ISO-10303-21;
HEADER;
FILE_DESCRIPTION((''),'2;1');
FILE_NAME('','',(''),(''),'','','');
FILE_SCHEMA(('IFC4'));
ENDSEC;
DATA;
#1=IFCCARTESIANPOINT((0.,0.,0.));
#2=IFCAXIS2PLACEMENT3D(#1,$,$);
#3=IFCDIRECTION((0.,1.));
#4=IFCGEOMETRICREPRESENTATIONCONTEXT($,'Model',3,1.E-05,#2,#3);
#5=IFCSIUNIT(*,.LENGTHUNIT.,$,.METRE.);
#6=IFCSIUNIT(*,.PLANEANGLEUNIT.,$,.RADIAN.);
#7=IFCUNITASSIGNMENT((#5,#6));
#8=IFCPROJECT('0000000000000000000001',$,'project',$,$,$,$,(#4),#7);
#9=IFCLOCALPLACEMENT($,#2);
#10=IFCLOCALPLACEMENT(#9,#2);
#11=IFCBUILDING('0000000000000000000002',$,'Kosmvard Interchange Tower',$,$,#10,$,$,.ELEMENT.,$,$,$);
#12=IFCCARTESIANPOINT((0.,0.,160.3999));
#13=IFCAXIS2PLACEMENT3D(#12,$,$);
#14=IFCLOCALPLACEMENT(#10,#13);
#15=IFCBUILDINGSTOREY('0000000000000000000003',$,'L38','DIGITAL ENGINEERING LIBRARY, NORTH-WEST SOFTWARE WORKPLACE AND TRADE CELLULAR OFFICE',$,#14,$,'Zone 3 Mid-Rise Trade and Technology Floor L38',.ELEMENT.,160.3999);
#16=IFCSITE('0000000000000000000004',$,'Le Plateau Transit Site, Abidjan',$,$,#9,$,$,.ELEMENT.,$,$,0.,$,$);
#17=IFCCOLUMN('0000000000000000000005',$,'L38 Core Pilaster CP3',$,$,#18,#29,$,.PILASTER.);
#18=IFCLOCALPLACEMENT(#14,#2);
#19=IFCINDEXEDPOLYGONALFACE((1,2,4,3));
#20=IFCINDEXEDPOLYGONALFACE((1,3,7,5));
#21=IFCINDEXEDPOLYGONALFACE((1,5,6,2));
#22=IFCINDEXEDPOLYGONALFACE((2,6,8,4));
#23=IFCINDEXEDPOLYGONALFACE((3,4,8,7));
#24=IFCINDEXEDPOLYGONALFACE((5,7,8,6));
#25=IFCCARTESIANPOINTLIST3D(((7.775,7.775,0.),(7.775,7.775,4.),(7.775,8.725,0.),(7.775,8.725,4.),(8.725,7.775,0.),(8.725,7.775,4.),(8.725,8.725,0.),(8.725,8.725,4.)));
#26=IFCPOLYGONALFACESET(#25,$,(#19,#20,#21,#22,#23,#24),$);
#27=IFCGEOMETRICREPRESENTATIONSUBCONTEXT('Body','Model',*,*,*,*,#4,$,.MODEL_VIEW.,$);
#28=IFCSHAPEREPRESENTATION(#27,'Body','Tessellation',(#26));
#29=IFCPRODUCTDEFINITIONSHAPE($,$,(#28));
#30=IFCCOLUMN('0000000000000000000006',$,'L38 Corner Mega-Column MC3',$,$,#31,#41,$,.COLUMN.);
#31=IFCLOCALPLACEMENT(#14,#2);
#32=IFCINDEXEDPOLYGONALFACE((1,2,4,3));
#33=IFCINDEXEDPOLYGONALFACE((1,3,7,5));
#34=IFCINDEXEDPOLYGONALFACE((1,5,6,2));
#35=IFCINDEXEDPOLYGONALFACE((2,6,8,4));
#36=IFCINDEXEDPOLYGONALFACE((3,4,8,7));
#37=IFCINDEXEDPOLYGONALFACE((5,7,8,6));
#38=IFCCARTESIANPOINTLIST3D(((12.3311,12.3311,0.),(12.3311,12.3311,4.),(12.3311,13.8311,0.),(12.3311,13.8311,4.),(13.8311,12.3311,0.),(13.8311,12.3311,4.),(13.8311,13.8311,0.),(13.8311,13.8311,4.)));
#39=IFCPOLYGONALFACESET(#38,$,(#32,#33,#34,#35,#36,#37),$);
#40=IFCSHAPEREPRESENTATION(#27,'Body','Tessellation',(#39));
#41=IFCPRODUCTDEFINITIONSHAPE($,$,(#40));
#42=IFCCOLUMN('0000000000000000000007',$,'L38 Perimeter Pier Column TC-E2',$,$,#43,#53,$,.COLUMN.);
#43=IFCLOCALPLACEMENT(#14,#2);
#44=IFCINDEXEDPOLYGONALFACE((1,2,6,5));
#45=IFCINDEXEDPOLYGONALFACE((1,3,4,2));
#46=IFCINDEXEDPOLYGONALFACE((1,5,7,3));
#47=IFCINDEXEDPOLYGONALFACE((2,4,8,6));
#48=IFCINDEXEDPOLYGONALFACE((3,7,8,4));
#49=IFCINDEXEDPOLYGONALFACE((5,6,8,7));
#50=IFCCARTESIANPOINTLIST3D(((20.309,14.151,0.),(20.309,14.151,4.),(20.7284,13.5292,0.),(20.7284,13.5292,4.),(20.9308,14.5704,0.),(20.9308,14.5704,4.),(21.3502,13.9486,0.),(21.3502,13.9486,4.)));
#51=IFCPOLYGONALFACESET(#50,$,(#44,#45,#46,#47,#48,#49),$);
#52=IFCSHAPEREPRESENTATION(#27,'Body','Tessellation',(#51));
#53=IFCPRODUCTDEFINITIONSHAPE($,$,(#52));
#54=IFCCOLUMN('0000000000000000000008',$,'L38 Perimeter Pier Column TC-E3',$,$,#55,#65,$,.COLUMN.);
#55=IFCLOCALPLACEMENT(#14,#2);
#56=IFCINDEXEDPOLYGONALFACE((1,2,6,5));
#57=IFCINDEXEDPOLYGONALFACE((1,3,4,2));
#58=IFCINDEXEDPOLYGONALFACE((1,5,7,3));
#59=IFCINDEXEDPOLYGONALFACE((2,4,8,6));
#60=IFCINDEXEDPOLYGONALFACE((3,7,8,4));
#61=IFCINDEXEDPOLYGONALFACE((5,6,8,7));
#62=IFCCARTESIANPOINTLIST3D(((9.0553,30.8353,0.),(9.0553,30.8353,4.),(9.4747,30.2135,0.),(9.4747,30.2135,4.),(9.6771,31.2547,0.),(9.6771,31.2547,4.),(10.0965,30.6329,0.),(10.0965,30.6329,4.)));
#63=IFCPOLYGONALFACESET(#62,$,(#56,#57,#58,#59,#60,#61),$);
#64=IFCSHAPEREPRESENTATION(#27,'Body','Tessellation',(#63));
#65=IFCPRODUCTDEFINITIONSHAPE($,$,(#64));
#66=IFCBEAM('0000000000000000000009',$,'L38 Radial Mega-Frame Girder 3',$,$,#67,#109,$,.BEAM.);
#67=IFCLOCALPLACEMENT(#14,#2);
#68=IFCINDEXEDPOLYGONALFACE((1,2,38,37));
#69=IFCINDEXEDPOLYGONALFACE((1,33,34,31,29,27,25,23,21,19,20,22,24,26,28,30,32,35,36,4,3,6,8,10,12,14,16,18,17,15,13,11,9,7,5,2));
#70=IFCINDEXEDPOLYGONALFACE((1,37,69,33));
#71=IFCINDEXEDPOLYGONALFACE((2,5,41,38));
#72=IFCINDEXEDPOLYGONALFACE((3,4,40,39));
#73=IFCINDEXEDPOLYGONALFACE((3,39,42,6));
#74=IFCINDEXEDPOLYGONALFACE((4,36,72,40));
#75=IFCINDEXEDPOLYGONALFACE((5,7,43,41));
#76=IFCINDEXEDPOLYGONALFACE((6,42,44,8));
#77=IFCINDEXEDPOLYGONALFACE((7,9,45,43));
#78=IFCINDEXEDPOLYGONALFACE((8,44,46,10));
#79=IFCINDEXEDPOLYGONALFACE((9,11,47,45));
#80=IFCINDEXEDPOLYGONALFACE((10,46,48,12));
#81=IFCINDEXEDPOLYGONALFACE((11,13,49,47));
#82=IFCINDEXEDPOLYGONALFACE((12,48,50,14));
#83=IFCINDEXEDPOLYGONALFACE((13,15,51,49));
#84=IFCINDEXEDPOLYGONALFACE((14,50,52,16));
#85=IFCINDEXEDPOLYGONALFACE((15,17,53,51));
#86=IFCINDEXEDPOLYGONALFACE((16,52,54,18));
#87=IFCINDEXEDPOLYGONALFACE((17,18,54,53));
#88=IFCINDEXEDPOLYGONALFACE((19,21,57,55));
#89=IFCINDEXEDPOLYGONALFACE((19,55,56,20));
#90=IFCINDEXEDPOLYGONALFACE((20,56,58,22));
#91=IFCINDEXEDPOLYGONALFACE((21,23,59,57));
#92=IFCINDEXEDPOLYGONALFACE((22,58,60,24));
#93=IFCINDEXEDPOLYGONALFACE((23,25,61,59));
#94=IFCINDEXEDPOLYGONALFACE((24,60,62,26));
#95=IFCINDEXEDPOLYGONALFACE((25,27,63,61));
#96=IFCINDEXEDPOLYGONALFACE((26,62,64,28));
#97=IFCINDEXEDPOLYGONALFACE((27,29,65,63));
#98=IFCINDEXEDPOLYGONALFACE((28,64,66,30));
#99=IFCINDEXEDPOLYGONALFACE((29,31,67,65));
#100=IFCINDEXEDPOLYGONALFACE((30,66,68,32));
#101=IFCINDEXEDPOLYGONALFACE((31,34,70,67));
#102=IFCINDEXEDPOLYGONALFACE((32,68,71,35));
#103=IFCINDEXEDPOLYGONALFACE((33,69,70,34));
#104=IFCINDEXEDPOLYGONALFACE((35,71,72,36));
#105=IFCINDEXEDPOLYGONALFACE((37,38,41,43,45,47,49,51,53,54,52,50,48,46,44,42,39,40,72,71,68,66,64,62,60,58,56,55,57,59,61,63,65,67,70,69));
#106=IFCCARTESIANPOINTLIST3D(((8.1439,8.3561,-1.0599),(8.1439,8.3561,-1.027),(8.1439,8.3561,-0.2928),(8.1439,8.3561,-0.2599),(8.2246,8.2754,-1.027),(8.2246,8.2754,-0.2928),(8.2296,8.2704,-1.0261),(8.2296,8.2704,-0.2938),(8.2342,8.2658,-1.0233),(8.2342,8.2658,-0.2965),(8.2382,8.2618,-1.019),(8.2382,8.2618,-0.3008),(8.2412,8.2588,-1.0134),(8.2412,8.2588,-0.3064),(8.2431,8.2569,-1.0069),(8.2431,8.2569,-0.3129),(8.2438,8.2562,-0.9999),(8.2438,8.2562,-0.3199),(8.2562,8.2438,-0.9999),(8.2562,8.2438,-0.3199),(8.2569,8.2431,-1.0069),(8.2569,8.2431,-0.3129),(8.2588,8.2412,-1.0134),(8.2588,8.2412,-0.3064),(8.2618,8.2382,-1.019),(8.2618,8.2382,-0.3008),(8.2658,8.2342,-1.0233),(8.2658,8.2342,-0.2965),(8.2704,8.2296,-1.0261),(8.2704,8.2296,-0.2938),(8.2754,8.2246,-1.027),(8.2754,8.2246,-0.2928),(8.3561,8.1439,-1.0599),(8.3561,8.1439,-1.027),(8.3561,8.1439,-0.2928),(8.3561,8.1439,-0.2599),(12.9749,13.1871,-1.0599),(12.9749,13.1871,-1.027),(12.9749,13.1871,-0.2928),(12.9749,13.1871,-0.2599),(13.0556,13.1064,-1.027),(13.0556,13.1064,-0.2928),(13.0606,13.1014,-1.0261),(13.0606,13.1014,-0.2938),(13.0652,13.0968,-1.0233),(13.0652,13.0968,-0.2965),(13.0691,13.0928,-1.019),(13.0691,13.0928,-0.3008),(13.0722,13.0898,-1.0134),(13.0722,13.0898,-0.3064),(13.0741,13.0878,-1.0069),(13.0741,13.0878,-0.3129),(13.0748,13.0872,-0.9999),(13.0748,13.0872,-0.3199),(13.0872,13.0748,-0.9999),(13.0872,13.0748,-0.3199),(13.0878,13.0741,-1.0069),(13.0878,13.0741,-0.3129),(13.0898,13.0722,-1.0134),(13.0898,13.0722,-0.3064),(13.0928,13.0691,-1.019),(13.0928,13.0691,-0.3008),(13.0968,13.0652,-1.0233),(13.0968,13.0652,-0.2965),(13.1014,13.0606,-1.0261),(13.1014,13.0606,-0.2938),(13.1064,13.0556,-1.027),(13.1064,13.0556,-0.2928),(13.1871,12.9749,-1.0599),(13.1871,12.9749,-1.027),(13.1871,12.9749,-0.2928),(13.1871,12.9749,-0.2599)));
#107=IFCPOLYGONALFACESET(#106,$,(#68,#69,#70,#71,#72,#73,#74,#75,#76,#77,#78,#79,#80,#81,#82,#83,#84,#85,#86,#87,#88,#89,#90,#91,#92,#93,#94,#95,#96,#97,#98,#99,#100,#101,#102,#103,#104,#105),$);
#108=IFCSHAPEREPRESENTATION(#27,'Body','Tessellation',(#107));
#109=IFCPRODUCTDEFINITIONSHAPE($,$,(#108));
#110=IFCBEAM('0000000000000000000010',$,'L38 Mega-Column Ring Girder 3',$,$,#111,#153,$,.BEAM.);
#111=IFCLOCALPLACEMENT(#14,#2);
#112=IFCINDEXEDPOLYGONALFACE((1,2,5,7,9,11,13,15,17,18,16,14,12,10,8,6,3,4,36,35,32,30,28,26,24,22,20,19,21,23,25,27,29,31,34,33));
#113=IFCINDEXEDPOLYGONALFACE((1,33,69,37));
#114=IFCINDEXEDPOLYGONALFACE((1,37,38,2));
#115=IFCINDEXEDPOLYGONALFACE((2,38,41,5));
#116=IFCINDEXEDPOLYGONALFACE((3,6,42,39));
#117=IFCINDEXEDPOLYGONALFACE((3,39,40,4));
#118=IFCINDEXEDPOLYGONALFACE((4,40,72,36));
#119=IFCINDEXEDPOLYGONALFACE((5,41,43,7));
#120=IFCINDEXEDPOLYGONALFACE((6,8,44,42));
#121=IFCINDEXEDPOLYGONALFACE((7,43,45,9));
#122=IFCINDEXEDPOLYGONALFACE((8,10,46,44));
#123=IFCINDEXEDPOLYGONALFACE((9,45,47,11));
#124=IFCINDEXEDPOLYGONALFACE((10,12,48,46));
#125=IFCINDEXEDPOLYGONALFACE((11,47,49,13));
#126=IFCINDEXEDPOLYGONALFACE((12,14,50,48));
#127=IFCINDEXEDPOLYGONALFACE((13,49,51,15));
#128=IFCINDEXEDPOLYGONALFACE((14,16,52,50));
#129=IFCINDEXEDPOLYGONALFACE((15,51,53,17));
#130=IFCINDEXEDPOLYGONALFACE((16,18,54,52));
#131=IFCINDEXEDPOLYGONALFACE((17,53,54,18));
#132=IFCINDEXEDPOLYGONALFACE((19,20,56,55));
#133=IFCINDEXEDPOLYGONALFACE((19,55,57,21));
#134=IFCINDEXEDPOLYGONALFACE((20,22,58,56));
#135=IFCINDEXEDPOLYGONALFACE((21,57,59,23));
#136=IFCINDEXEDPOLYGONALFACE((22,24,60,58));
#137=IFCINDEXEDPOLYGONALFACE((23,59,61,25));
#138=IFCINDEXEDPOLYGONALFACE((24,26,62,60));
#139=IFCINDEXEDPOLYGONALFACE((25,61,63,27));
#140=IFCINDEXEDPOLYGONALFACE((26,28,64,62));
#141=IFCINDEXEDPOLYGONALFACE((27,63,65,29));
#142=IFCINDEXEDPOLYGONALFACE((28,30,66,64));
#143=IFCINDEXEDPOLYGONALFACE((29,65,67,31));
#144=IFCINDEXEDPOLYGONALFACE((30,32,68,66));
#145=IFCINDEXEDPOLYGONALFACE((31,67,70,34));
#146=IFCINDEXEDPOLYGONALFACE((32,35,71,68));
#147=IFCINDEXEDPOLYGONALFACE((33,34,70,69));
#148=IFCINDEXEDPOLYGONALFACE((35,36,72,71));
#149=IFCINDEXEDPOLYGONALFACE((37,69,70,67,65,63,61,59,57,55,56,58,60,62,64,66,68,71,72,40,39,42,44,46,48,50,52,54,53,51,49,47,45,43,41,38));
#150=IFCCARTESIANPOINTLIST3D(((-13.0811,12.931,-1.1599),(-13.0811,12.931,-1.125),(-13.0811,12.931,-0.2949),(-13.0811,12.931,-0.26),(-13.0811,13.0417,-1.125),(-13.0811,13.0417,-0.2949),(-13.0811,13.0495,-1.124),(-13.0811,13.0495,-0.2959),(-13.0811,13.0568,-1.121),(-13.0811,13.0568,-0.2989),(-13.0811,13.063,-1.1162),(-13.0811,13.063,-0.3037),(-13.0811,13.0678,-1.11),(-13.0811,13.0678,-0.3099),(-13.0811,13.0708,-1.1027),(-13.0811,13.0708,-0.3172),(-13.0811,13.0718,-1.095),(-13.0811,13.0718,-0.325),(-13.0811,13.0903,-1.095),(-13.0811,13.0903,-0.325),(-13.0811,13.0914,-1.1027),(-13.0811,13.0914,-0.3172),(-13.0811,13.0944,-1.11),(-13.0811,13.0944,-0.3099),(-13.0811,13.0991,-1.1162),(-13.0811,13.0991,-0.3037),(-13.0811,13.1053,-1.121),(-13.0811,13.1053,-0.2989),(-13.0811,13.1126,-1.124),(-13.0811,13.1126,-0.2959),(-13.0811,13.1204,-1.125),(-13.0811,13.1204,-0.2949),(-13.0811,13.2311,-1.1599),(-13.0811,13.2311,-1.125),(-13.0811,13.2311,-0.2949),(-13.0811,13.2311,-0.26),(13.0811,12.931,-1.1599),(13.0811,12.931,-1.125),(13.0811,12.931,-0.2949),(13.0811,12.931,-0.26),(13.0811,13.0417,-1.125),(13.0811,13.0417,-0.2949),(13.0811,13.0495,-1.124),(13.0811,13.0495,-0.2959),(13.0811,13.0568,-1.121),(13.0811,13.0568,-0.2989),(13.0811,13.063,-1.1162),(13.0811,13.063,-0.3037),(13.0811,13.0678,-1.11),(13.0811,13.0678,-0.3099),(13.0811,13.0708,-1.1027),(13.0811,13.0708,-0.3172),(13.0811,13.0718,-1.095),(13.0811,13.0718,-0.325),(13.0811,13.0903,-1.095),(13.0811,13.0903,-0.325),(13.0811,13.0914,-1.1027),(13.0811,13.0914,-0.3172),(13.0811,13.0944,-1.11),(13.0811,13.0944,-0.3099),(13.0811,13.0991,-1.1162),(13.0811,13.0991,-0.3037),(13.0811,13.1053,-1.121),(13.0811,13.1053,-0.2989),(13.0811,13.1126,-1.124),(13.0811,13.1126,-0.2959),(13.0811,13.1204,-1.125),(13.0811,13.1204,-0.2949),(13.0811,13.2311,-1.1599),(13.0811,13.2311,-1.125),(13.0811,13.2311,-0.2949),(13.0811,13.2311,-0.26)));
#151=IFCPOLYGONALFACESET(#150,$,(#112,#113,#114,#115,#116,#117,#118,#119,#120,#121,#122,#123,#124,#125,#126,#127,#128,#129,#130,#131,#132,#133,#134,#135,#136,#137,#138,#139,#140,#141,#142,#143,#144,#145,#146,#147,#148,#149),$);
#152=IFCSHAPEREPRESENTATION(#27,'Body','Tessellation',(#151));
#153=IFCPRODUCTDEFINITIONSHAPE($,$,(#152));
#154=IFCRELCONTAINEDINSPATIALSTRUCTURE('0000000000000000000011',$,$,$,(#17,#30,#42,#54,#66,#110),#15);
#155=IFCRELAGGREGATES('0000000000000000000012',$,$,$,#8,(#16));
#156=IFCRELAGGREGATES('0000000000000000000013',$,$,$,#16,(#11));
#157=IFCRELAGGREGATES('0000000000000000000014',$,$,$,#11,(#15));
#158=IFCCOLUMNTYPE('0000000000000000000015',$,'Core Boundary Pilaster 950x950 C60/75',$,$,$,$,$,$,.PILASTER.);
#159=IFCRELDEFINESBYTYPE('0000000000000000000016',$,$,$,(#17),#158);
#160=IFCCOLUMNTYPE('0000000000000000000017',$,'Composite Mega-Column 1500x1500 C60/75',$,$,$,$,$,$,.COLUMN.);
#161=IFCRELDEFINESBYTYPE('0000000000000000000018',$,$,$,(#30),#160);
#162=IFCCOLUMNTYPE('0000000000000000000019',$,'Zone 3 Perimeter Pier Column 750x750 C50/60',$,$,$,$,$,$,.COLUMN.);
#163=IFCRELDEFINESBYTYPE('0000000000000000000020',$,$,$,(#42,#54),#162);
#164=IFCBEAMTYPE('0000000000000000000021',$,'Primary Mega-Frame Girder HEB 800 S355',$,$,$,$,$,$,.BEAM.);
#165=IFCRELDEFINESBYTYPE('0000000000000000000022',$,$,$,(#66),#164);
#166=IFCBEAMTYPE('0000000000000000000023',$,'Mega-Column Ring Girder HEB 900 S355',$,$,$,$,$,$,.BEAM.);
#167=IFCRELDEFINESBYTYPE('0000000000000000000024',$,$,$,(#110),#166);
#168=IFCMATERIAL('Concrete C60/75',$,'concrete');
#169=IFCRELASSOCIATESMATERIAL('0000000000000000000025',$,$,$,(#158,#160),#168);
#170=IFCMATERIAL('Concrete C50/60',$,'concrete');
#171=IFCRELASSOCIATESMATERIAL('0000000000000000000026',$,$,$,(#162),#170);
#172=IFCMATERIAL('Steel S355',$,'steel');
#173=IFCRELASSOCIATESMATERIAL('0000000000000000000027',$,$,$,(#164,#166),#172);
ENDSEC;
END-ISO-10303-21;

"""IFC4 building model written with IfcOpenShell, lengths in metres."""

from ifc_helpers import new_model, si_unit, direction, frame, origin, origin_2d, place, context, subcontext, project, spatial, rectangle, i_section, extrude, source, transform, mapped, material, material_profile, profile_set, type_object, element, save


model = new_model("IFC4")

# Units and contexts
model_context = context("Model", 3, precision=1e-05, world=origin(), true_north=direction((0.0, 1.0)))
body_context = subcontext(model_context, "Body", "Model", "MODEL_VIEW")
ifc_project = project(units=[si_unit("LENGTHUNIT", "METRE"), si_unit("PLANEANGLEUNIT", "RADIAN")], contexts=[model_context])

# Site, building, storey
site_placement = place(None, origin())
site = spatial("IfcSite", under=ifc_project, at=site_placement, Name="Le Plateau Transit Site, Abidjan", CompositionType="ELEMENT", RefElevation=0.0)
building_placement = place(site_placement, origin())
building = spatial("IfcBuilding", under=site, at=building_placement, Name="Kosmvard Interchange Tower", CompositionType="ELEMENT")
storey_placement = place(building_placement, frame((0.0, 0.0, 160.3999)))
storey = spatial("IfcBuildingStorey", under=building, at=storey_placement, Name="L38", Description="DIGITAL ENGINEERING LIBRARY, NORTH-WEST SOFTWARE WORKPLACE AND TRADE CELLULAR OFFICE", LongName="Zone 3 Mid-Rise Trade and Technology Floor L38", CompositionType="ELEMENT", Elevation=160.3999)

# Columns
ifc_material_1 = material(Name="Concrete C60/75", Category="concrete")
ifc_material_profile_1 = material_profile(ifc_material_1, rectangle(XDim=0.95, YDim=0.95, at=origin_2d()), Name="CP 950x950")
ifc_profile_set_1 = profile_set([ifc_material_profile_1], Name="Concrete C60/75")
column_type_1 = type_object("IfcColumnType", Name="Core Boundary Pilaster 950x950 C60/75", PredefinedType="PILASTER", material=ifc_profile_set_1)
shared_shape_1 = source(origin(), body_context, "Body", "SweptSolid", [
    extrude(rectangle(XDim=0.95, YDim=0.95, at=origin_2d()), origin(), (0.0, 0.0, 1.0), 4.0),
])
column_1_placement = place(storey_placement, frame((8.25, 8.25, 0.0), z_axis=(0.0, 0.0, 1.0), x_axis=(1.0, 0.0, 0.0)))
element("IfcColumn", 1, at=column_1_placement, inside=storey, type_object=column_type_1, Name="L38 Core Pilaster CP3", PredefinedType="PILASTER", context=body_context, shape_type="MappedRepresentation", body=[
    mapped(shared_shape_1, transform((0.0, 0.0, 0.0), scale=1.0)),
])
ifc_material_profile_2 = material_profile(ifc_material_1, rectangle(XDim=1.5, YDim=1.5, at=origin_2d()), Name="MC 1500x1500")
ifc_profile_set_2 = profile_set([ifc_material_profile_2], Name="Concrete C60/75")
column_type_2 = type_object("IfcColumnType", Name="Composite Mega-Column 1500x1500 C60/75", PredefinedType="COLUMN", material=ifc_profile_set_2)
shared_shape_2 = source(origin(), body_context, "Body", "SweptSolid", [
    extrude(rectangle(XDim=1.5, YDim=1.5, at=origin_2d()), origin(), (0.0, 0.0, 1.0), 4.0),
])
column_2_placement = place(storey_placement, frame((13.0811, 13.0811, 0.0), z_axis=(0.0, 0.0, 1.0), x_axis=(1.0, 0.0, 0.0)))
element("IfcColumn", 2, at=column_2_placement, inside=storey, type_object=column_type_2, Name="L38 Corner Mega-Column MC3", PredefinedType="COLUMN", context=body_context, shape_type="MappedRepresentation", body=[
    mapped(shared_shape_2, transform((0.0, 0.0, 0.0), scale=1.0)),
])
ifc_material_2 = material(Name="Concrete C50/60", Category="concrete")
ifc_material_profile_3 = material_profile(ifc_material_2, rectangle(XDim=0.75, YDim=0.75, at=origin_2d()), Name="TC 750x750")
ifc_profile_set_3 = profile_set([ifc_material_profile_3], Name="Concrete C50/60")
column_type_3 = type_object("IfcColumnType", Name="Zone 3 Perimeter Pier Column 750x750 C50/60", PredefinedType="COLUMN", material=ifc_profile_set_3)
shared_shape_3 = source(origin(), body_context, "Body", "SweptSolid", [
    extrude(rectangle(XDim=0.75, YDim=0.75, at=origin_2d()), origin(), (0.0, 0.0, 1.0), 4.0),
])
for number, where, z_axis, x_axis, name in (
    (3, (20.8296, 14.0498, 0.0), (0.0, 0.0, 1.0), (0.829038, 0.559193, 0.0), "L38 Perimeter Pier Column TC-E2"),
    (4, (9.5759, 30.7341, 0.0), (0.0, 0.0, 1.0), (0.829038, 0.559193, 0.0), "L38 Perimeter Pier Column TC-E3"),
):
    element("IfcColumn", number, at=place(storey_placement, frame(where, z_axis=z_axis, x_axis=x_axis)), inside=storey, type_object=column_type_3, Name=name, PredefinedType="COLUMN", context=body_context, shape_type="MappedRepresentation", body=[
        mapped(shared_shape_3, transform((0.0, 0.0, 0.0), scale=1.0)),
    ])

# Beams
ifc_material_3 = material(Name="Steel S355", Category="steel")
ifc_material_profile_4 = material_profile(ifc_material_3, i_section(OverallWidth=0.3, OverallDepth=0.8, WebThickness=0.0176, FlangeThickness=0.033, FilletRadius=0.0271, at=origin_2d()), Name="HEB 800")
ifc_profile_set_4 = profile_set([ifc_material_profile_4], Name="Steel S355")
beam_type_1 = type_object("IfcBeamType", Name="Primary Mega-Frame Girder HEB 800 S355", PredefinedType="BEAM", material=ifc_profile_set_4)
shared_shape_4 = source(origin(), body_context, "Body", "SweptSolid", [
    extrude(i_section(OverallWidth=0.3, OverallDepth=0.8, WebThickness=0.0176, FlangeThickness=0.033, FilletRadius=0.0271, at=origin_2d()), origin(), (0.0, 0.0, 1.0), 6.832),
])
beam_1_placement = place(storey_placement, frame((8.25, 8.25, -0.6599), z_axis=(0.707107, 0.707107, 0.0), x_axis=(-0.707107, 0.707107, 0.0)))
element("IfcBeam", 5, at=beam_1_placement, inside=storey, type_object=beam_type_1, Name="L38 Radial Mega-Frame Girder 3", PredefinedType="BEAM", context=body_context, shape_type="MappedRepresentation", body=[
    mapped(shared_shape_4, transform((0.0, 0.0, 0.0), scale=1.0)),
])
ifc_material_profile_5 = material_profile(ifc_material_3, i_section(OverallWidth=0.3, OverallDepth=0.8999, WebThickness=0.0186, FlangeThickness=0.0349, FilletRadius=0.03, at=origin_2d()), Name="HEB 900")
ifc_profile_set_5 = profile_set([ifc_material_profile_5], Name="Steel S355")
beam_type_2 = type_object("IfcBeamType", Name="Mega-Column Ring Girder HEB 900 S355", PredefinedType="BEAM", material=ifc_profile_set_5)
shared_shape_5 = source(origin(), body_context, "Body", "SweptSolid", [
    extrude(i_section(OverallWidth=0.3, OverallDepth=0.8999, WebThickness=0.0186, FlangeThickness=0.0349, FilletRadius=0.03, at=origin_2d()), origin(), (0.0, 0.0, 1.0), 26.1621),
])
beam_2_placement = place(storey_placement, frame((13.0811, 13.0811, -0.71), z_axis=(-1.0, 0.0, 0.0), x_axis=(0.0, -1.0, 0.0)))
element("IfcBeam", 6, at=beam_2_placement, inside=storey, type_object=beam_type_2, Name="L38 Mega-Column Ring Girder 3", PredefinedType="BEAM", context=body_context, shape_type="MappedRepresentation", body=[
    mapped(shared_shape_5, transform((0.0, 0.0, 0.0), scale=1.0)),
])

save(model, "model.ifc")
